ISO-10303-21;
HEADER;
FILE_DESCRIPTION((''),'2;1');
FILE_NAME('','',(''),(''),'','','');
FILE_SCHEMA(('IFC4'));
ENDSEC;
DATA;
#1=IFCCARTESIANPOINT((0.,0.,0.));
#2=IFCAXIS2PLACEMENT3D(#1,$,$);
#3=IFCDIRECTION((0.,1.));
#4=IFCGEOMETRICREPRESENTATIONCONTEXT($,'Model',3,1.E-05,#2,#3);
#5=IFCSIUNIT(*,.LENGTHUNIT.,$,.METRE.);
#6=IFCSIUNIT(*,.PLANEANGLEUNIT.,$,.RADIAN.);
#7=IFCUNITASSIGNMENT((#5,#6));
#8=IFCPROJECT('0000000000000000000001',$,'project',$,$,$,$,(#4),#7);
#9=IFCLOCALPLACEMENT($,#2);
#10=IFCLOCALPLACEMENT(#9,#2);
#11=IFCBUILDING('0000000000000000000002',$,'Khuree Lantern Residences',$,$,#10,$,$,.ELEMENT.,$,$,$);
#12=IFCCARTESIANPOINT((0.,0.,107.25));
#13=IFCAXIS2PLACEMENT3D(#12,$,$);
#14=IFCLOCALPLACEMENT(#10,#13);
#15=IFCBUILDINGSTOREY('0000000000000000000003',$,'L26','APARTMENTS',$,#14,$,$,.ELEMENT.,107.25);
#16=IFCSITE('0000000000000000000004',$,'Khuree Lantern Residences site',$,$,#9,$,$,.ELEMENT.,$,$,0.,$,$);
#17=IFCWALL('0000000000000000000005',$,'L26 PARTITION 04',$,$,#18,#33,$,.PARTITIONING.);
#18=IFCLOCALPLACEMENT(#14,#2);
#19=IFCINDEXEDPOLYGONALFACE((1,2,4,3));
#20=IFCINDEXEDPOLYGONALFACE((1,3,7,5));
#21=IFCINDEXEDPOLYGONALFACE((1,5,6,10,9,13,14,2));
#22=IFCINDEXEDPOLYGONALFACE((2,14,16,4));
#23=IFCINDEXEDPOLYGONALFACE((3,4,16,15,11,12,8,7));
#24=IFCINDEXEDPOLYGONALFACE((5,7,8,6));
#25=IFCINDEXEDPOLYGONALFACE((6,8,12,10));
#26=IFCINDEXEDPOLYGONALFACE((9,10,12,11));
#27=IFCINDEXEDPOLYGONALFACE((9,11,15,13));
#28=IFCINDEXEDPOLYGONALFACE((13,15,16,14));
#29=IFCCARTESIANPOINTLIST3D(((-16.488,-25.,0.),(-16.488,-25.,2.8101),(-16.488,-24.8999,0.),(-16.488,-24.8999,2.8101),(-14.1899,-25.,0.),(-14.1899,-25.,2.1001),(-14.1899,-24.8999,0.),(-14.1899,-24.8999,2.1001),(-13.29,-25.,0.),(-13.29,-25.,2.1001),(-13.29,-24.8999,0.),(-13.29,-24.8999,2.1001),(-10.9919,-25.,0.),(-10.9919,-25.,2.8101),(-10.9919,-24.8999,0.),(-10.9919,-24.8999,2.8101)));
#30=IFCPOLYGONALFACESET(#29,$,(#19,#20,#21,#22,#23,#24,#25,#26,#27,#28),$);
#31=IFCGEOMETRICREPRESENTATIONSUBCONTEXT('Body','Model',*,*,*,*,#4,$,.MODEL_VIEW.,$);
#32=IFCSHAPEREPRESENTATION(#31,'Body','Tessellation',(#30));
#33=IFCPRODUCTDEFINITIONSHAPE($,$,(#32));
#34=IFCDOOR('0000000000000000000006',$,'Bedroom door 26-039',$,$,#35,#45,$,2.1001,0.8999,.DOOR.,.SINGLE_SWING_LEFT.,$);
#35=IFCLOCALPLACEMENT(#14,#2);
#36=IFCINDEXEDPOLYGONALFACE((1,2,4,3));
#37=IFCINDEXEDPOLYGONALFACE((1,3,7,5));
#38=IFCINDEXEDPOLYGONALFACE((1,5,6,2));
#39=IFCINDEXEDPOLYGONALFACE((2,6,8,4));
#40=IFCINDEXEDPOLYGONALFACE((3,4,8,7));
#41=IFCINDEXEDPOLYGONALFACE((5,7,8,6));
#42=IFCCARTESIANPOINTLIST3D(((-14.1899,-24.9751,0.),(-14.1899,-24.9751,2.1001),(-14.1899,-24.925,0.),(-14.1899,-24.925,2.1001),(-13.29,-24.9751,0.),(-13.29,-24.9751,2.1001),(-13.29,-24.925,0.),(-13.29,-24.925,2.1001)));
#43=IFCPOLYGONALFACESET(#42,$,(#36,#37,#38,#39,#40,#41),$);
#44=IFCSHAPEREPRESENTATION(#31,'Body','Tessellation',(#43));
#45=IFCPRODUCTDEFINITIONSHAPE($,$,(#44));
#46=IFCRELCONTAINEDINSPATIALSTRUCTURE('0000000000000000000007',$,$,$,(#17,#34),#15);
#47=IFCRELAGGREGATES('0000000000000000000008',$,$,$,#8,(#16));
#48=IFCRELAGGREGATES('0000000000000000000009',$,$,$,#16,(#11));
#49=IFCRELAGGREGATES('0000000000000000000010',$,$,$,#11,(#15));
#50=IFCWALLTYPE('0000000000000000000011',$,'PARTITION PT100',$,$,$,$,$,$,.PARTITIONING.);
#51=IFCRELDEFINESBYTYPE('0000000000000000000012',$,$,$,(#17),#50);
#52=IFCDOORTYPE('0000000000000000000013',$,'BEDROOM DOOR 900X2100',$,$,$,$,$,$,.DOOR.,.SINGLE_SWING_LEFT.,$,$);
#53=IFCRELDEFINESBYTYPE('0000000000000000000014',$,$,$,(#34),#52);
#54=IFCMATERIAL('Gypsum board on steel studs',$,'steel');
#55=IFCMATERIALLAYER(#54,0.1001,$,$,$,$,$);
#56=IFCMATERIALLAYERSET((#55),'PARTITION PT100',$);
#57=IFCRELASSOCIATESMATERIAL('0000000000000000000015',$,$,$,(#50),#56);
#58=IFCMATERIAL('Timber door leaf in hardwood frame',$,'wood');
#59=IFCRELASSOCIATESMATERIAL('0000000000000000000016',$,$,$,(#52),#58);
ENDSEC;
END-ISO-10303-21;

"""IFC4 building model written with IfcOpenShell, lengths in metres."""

from ifc_helpers import new_model, si_unit, direction, frame, frame_2d, origin, place, context, subcontext, project, spatial, rectangle, extrude, material, layer, layer_set, type_object, element, fill, save


model = new_model("IFC4")

# Units and contexts
model_context = context("Model", 3, precision=1e-05, world=origin(), true_north=direction((0.0, 1.0)))
body_context = subcontext(model_context, "Body", "Model", "MODEL_VIEW")
ifc_project = project(units=[si_unit("LENGTHUNIT", "METRE"), si_unit("PLANEANGLEUNIT", "RADIAN")], contexts=[model_context])

# Site, building, storey
site_placement = place(None, origin())
site = spatial("IfcSite", under=ifc_project, at=site_placement, Name="Khuree Lantern Residences site", CompositionType="ELEMENT", RefElevation=0.0)
building_placement = place(site_placement, origin())
building = spatial("IfcBuilding", under=site, at=building_placement, Name="Khuree Lantern Residences", CompositionType="ELEMENT")
storey_placement = place(building_placement, frame((0.0, 0.0, 107.25)))
storey = spatial("IfcBuildingStorey", under=building, at=storey_placement, Name="L26", Description="APARTMENTS", CompositionType="ELEMENT", Elevation=107.25)

# Wall, opening, door
ifc_material_1 = material(Name="Gypsum board on steel studs", Category="steel")
ifc_layer_1 = layer(ifc_material_1, 0.1001)
ifc_layer_set_1 = layer_set([ifc_layer_1], Name="PARTITION PT100")
wall_type_1 = type_object("IfcWallType", Name="PARTITION PT100", PredefinedType="PARTITIONING", material=ifc_layer_set_1)
wall_1_placement = place(storey_placement, frame((-16.488, -24.95, 0.0), z_axis=(0.0, 0.0, 1.0), x_axis=(1.0, 0.0, 0.0)))
wall_1 = element("IfcWall", 1, at=wall_1_placement, inside=storey, type_object=wall_type_1, Name="L26 PARTITION 04", PredefinedType="PARTITIONING", context=body_context, shape_type="SweptSolid", body=[
    extrude(rectangle(XDim=5.4961, YDim=0.1001, at=frame_2d((2.748, 0.0))), origin(), (0.0, 0.0, 1.0), 2.8101),
])
opening_1_placement = place(wall_1_placement, frame((2.2981, 0.0, 0.0)))
opening_1 = element("IfcOpeningElement", 2, at=opening_1_placement, cuts=wall_1, PredefinedType="OPENING", context=body_context, shape_type="SweptSolid", body=[
    extrude(rectangle(XDim=0.8999, YDim=2.1001, at=frame_2d((0.45, 1.05))), frame((0.0, 0.0601, 0.0), z_axis=(0.0, -1.0, 0.0), x_axis=(1.0, 0.0, 0.0)), (0.0, 0.0, 1.0), 0.1201),
])
ifc_material_2 = material(Name="Timber door leaf in hardwood frame", Category="wood")
door_type_1 = type_object("IfcDoorType", Name="BEDROOM DOOR 900X2100", OperationType="SINGLE_SWING_LEFT", PredefinedType="DOOR", material=ifc_material_2)
door_1_placement = place(opening_1_placement, origin())
door_1 = element("IfcDoor", 3, at=door_1_placement, inside=storey, type_object=door_type_1, Name="Bedroom door 26-039", OperationType="SINGLE_SWING_LEFT", OverallHeight=2.1001, OverallWidth=0.8999, PredefinedType="DOOR", context=body_context, shape_type="SweptSolid", body=[
    extrude(rectangle(XDim=0.8999, YDim=2.1001, at=frame_2d((0.45, 1.05))), frame((0.0, 0.0249, 0.0), z_axis=(0.0, -1.0, 0.0), x_axis=(1.0, 0.0, 0.0)), (0.0, 0.0, 1.0), 0.05),
])
fill(opening_1, door_1)

save(model, "model.ifc")
